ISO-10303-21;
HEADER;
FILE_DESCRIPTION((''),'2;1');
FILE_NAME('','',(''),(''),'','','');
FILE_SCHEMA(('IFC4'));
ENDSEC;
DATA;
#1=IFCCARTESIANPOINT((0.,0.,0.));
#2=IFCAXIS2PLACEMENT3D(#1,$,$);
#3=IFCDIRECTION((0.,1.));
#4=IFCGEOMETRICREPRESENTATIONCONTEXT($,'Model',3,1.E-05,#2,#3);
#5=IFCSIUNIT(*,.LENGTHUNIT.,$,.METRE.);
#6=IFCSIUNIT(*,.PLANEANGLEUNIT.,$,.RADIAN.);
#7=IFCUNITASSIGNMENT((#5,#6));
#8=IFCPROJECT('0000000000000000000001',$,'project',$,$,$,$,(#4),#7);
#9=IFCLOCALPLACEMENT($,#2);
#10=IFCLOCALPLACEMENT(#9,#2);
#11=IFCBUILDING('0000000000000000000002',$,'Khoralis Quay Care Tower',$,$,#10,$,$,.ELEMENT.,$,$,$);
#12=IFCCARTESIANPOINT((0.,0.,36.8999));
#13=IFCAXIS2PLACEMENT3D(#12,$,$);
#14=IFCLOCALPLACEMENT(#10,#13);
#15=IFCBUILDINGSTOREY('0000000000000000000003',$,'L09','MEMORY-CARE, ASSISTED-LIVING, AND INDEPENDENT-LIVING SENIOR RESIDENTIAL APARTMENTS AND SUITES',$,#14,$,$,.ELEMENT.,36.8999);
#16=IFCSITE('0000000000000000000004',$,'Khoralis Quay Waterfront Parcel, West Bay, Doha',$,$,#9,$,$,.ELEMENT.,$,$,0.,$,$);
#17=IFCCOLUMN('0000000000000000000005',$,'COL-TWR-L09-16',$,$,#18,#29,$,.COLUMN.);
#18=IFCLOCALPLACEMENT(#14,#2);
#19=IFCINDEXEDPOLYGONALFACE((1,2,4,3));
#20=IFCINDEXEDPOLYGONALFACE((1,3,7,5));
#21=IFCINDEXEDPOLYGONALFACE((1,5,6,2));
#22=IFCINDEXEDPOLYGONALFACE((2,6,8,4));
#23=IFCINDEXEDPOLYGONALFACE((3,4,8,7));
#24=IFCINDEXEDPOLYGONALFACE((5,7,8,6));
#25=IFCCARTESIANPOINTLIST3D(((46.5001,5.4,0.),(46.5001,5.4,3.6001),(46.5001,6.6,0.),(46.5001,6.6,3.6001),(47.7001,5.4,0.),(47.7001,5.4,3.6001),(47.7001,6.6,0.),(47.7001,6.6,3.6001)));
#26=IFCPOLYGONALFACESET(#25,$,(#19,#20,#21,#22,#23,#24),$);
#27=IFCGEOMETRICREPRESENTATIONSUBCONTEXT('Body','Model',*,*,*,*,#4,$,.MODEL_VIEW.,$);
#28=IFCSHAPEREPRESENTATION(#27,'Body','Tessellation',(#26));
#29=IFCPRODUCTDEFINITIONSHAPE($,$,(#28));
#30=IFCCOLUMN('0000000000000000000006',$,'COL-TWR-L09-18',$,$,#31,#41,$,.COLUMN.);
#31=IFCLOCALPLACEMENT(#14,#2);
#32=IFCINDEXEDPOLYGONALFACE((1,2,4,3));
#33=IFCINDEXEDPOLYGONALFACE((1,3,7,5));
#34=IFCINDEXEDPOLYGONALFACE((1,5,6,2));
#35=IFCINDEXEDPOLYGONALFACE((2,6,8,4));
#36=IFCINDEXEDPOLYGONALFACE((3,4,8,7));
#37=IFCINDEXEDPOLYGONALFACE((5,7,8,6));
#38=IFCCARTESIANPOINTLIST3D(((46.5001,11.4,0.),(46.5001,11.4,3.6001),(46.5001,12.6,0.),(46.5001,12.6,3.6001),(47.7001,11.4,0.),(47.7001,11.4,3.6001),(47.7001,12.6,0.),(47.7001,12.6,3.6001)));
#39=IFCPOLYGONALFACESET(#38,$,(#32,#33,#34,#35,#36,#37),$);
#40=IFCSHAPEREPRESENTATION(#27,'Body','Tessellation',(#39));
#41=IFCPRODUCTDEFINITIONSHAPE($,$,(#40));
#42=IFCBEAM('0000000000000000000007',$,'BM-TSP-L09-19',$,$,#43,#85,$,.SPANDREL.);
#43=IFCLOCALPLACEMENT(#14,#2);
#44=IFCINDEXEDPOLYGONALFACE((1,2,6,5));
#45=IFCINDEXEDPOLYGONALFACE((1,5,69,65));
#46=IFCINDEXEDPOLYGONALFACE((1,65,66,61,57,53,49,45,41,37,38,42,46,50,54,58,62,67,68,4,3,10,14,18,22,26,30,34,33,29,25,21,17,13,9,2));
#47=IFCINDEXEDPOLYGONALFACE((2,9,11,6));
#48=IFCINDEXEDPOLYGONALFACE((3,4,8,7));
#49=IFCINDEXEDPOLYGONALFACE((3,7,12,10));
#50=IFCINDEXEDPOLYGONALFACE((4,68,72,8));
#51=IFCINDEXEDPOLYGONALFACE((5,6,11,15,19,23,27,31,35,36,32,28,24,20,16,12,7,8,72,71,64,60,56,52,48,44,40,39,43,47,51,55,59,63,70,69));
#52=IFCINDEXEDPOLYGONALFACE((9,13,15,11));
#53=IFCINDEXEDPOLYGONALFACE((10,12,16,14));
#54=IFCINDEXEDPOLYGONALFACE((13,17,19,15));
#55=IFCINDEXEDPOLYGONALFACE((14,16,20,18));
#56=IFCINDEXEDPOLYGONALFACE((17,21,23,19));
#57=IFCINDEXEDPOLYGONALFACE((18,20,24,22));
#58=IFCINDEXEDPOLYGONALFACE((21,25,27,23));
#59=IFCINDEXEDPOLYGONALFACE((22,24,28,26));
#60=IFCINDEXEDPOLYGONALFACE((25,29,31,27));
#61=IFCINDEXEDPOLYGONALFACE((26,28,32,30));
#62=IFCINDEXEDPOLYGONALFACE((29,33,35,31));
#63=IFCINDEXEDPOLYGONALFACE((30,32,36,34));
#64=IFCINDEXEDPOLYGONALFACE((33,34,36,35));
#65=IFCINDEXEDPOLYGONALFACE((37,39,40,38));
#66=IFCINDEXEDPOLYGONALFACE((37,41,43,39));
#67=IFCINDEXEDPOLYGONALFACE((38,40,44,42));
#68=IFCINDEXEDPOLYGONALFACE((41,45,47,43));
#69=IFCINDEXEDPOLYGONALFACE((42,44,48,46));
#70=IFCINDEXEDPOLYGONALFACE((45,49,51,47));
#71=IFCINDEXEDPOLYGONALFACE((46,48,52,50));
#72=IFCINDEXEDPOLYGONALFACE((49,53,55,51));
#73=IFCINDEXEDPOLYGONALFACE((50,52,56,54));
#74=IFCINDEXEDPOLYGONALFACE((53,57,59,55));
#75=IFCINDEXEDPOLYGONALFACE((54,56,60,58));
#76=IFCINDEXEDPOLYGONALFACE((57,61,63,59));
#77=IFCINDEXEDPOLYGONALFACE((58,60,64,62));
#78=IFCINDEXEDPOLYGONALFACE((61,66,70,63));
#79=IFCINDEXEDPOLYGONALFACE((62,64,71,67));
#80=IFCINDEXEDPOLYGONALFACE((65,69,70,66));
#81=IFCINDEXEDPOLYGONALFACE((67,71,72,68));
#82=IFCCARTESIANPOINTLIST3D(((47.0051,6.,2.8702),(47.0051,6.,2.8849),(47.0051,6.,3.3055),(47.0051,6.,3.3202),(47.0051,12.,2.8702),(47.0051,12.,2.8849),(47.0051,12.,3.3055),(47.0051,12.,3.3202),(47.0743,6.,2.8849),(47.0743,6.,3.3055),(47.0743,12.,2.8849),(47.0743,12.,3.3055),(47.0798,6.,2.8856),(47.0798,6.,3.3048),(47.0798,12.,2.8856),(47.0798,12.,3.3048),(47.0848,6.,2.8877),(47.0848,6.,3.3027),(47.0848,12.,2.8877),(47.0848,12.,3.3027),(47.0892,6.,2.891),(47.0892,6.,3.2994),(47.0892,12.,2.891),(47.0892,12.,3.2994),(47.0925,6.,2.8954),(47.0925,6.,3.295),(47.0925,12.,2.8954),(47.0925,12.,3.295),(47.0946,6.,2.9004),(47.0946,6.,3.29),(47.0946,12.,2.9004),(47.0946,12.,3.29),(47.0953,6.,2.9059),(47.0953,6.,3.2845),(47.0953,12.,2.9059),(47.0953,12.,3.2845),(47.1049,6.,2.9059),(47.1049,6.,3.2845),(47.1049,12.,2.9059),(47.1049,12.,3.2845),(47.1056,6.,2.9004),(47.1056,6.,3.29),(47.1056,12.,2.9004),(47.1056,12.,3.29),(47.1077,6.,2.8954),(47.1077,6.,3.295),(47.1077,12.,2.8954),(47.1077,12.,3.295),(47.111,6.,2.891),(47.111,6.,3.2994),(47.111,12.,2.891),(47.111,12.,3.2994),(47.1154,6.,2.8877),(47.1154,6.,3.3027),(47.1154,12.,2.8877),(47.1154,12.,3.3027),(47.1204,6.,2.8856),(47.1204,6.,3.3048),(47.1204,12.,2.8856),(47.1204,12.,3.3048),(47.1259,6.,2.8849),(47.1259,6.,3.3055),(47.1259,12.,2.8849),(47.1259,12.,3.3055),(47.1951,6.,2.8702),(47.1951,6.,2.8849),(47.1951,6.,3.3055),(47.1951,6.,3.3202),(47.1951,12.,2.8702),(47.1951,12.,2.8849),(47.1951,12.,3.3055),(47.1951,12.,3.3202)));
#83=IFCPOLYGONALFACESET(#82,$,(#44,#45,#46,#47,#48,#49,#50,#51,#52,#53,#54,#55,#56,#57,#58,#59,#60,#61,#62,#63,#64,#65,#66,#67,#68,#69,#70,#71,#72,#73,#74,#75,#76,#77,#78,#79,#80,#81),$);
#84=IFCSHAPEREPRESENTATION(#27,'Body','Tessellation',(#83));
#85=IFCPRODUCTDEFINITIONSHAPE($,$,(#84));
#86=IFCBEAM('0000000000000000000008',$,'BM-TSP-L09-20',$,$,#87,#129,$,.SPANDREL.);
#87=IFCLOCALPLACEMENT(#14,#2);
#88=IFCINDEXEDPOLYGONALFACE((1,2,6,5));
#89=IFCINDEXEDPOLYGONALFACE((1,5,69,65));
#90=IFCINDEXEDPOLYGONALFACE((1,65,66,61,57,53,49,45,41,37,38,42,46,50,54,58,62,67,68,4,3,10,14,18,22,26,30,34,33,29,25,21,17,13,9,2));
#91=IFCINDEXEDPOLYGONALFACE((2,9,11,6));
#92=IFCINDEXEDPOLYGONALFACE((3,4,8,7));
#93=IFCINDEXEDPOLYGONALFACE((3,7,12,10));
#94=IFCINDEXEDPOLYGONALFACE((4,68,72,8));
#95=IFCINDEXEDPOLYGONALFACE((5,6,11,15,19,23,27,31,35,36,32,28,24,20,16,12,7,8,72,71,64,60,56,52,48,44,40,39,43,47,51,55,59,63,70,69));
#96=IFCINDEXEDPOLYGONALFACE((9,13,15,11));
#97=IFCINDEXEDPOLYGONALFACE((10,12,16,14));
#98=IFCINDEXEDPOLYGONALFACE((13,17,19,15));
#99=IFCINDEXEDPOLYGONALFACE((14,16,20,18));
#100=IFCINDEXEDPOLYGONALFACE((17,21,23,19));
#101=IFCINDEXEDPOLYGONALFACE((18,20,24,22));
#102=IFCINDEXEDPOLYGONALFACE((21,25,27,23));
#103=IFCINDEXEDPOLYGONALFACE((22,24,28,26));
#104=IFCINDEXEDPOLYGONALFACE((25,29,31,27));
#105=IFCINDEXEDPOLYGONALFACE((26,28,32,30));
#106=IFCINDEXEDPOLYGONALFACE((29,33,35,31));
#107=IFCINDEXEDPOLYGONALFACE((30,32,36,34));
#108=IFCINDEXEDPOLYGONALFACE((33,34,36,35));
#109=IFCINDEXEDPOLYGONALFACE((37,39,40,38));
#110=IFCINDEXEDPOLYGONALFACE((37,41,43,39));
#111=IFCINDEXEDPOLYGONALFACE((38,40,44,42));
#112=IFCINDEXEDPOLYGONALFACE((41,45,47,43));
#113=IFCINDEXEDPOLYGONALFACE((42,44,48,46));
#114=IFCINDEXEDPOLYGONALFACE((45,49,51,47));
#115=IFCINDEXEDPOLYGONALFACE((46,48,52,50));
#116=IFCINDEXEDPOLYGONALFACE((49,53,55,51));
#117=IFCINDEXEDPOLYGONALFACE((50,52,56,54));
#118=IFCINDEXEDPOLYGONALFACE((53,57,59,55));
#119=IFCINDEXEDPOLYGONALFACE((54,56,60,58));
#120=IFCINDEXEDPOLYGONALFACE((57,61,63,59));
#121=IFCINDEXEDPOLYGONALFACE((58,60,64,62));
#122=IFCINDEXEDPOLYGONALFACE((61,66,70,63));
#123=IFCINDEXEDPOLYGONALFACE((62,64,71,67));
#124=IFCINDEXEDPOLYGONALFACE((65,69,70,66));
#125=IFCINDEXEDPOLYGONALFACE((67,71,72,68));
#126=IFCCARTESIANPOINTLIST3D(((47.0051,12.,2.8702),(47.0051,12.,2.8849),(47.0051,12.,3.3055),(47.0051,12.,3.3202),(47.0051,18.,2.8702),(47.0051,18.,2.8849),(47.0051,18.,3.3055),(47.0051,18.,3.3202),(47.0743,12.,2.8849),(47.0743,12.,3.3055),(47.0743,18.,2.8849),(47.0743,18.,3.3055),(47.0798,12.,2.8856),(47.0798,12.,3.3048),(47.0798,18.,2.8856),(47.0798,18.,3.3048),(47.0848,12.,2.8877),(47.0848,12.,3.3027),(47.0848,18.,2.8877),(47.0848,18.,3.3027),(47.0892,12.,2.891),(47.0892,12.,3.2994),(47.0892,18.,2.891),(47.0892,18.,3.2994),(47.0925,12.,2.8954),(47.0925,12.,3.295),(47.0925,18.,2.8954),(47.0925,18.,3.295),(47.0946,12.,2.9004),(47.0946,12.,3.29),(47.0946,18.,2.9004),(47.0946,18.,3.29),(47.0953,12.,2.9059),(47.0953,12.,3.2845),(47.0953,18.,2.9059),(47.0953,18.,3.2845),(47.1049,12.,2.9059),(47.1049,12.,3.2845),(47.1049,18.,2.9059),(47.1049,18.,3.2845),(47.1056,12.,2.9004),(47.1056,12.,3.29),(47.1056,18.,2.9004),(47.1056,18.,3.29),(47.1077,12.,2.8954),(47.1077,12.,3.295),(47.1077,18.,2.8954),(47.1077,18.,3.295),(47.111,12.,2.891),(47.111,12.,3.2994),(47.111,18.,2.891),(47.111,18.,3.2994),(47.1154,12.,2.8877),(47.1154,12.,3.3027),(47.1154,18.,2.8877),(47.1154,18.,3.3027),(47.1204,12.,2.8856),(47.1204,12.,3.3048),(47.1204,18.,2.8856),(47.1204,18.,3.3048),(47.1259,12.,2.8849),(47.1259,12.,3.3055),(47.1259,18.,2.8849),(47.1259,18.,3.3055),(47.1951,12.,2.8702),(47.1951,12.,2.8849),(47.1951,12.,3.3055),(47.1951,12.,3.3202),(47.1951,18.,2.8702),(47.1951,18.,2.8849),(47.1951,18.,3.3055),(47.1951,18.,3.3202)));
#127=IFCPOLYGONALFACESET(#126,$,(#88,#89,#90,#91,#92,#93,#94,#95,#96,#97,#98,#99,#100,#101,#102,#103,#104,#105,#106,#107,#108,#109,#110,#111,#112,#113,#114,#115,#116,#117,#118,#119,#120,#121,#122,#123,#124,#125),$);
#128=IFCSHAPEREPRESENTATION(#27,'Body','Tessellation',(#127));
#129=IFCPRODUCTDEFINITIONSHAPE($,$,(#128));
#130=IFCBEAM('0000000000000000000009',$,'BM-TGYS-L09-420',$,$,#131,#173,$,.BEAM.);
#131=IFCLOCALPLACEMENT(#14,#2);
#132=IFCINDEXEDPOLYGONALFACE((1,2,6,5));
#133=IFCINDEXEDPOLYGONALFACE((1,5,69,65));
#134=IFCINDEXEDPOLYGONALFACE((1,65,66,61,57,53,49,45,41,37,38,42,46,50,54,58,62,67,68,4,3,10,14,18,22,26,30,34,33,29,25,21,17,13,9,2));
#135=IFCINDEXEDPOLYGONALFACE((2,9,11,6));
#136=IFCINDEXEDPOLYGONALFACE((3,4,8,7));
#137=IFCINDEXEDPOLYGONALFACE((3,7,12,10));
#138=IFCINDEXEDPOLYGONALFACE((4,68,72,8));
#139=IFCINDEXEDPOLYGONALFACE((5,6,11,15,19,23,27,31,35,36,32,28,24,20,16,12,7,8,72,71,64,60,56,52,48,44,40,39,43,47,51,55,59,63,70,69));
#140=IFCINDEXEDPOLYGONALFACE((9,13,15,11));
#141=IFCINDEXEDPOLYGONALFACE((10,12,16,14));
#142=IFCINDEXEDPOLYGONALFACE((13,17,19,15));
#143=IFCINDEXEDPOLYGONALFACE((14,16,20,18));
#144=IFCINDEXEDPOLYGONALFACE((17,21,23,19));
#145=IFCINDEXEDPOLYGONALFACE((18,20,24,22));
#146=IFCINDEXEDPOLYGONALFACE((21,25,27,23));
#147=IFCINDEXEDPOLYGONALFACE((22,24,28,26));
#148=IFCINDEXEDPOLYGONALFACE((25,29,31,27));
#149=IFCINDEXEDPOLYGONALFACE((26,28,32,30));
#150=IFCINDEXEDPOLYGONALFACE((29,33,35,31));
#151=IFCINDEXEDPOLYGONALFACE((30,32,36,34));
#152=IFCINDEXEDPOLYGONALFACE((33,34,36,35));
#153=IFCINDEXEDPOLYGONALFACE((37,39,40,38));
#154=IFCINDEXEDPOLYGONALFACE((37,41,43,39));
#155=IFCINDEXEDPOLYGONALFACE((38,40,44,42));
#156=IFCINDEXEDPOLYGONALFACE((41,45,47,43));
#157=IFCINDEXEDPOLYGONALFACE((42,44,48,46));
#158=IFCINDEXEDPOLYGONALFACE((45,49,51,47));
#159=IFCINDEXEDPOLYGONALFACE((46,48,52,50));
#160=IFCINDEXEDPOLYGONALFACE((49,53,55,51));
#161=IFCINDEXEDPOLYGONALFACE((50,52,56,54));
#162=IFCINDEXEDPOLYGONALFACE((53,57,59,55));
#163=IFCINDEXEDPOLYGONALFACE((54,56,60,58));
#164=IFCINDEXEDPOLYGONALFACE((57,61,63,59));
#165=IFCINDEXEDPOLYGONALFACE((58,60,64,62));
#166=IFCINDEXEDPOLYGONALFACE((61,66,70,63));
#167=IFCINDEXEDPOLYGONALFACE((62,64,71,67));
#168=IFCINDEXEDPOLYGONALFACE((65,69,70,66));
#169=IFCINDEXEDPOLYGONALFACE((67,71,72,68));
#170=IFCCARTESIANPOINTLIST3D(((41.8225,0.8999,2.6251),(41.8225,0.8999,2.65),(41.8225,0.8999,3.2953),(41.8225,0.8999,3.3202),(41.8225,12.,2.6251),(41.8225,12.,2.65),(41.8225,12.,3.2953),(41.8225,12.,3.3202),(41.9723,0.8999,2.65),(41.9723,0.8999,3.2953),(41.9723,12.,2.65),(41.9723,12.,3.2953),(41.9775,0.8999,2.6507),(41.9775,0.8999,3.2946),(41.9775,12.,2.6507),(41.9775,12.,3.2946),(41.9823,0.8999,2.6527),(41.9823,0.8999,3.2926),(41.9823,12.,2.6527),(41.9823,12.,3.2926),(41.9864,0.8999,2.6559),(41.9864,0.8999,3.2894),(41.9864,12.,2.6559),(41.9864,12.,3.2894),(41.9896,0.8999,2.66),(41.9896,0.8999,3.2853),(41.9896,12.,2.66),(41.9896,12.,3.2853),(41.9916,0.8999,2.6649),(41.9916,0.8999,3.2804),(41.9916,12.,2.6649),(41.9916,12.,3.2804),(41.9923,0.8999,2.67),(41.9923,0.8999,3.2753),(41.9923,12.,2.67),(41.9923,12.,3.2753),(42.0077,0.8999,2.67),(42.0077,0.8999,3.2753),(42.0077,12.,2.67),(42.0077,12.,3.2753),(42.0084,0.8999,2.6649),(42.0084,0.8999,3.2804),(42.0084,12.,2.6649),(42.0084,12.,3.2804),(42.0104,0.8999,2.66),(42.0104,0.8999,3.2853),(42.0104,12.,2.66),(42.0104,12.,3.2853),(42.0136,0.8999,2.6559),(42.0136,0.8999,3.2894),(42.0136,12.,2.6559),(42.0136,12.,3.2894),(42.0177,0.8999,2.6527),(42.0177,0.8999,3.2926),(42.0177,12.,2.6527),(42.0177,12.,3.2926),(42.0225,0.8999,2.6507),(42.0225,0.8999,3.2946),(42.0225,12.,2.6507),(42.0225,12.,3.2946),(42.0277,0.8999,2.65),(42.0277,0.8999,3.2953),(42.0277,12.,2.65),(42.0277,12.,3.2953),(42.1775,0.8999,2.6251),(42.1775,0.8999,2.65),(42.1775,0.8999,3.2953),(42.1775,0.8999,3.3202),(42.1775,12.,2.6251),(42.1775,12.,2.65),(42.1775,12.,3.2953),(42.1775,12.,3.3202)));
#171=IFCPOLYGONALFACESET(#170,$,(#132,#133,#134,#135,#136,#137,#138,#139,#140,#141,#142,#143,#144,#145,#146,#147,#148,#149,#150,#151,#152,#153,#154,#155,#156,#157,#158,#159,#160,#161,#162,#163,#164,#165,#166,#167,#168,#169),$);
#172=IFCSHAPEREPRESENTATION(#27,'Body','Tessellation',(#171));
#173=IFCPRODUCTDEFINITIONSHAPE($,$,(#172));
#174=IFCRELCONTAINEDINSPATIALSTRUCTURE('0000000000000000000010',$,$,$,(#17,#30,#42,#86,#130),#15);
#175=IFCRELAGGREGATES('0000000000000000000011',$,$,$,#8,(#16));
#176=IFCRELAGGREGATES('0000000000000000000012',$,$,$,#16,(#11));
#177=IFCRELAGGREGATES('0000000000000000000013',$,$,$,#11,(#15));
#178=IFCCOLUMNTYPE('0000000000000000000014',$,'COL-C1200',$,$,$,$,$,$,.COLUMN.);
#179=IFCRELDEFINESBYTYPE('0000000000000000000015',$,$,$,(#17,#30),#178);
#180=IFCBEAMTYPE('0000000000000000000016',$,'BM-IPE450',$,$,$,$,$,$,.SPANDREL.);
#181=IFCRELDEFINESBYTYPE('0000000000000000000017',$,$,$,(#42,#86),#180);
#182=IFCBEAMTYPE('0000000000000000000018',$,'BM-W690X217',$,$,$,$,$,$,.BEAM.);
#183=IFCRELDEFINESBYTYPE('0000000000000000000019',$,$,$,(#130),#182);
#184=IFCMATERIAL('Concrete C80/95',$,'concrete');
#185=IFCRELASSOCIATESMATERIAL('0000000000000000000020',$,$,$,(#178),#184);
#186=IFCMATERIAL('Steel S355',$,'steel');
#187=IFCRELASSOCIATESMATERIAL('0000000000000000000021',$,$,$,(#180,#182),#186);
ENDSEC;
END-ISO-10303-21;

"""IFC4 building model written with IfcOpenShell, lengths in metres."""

from ifc_helpers import new_model, si_unit, direction, frame, origin, origin_2d, place, context, subcontext, project, spatial, rectangle, i_section, extrude, source, transform, mapped, material, material_profile, profile_set, type_object, element, save


model = new_model("IFC4")

# Units and contexts
model_context = context("Model", 3, precision=1e-05, world=origin(), true_north=direction((0.0, 1.0)))
body_context = subcontext(model_context, "Body", "Model", "MODEL_VIEW")
ifc_project = project(units=[si_unit("LENGTHUNIT", "METRE"), si_unit("PLANEANGLEUNIT", "RADIAN")], contexts=[model_context])

# Site, building, storey
site_placement = place(None, origin())
site = spatial("IfcSite", under=ifc_project, at=site_placement, Name="Khoralis Quay Waterfront Parcel, West Bay, Doha", CompositionType="ELEMENT", RefElevation=0.0)
building_placement = place(site_placement, origin())
building = spatial("IfcBuilding", under=site, at=building_placement, Name="Khoralis Quay Care Tower", CompositionType="ELEMENT")
storey_placement = place(building_placement, frame((0.0, 0.0, 36.8999)))
storey = spatial("IfcBuildingStorey", under=building, at=storey_placement, Name="L09", Description="MEMORY-CARE, ASSISTED-LIVING, AND INDEPENDENT-LIVING SENIOR RESIDENTIAL APARTMENTS AND SUITES", CompositionType="ELEMENT", Elevation=36.8999)

# Columns
ifc_material_1 = material(Name="Concrete C80/95", Category="concrete")
ifc_material_profile_1 = material_profile(ifc_material_1, rectangle(XDim=1.2, YDim=1.2, at=origin_2d()), Name="Concrete C80/95")
ifc_profile_set_1 = profile_set([ifc_material_profile_1], Name="Concrete C80/95")
column_type = type_object("IfcColumnType", Name="COL-C1200", PredefinedType="COLUMN", material=ifc_profile_set_1)
shared_shape_1 = source(origin(), body_context, "Body", "SweptSolid", [
    extrude(rectangle(XDim=1.2, YDim=1.2, at=origin_2d()), origin(), (0.0, 0.0, 1.0), 3.6001),
])
for number, where, z_axis, x_axis, name in (
    (1, (47.1001, 6.0, 0.0), (0.0, 0.0, 1.0), (1.0, 0.0, 0.0), "COL-TWR-L09-16"),
    (2, (47.1001, 12.0, 0.0), (0.0, 0.0, 1.0), (1.0, 0.0, 0.0), "COL-TWR-L09-18"),
):
    element("IfcColumn", number, at=place(storey_placement, frame(where, z_axis=z_axis, x_axis=x_axis)), inside=storey, type_object=column_type, Name=name, PredefinedType="COLUMN", context=body_context, shape_type="MappedRepresentation", body=[
        mapped(shared_shape_1, transform((0.0, 0.0, 0.0), scale=1.0)),
    ])

# Beams
ifc_material_2 = material(Name="Steel S355", Category="steel")
ifc_material_profile_2 = material_profile(ifc_material_2, i_section(OverallWidth=0.1899, OverallDepth=0.45, WebThickness=0.0095, FlangeThickness=0.0146, FilletRadius=0.021, at=origin_2d()), Name="Steel S355")
ifc_profile_set_2 = profile_set([ifc_material_profile_2], Name="Steel S355")
beam_type_1 = type_object("IfcBeamType", Name="BM-IPE450", PredefinedType="SPANDREL", material=ifc_profile_set_2)
shared_shape_2 = source(origin(), body_context, "Body", "SweptSolid", [
    extrude(i_section(OverallWidth=0.1899, OverallDepth=0.45, WebThickness=0.0095, FlangeThickness=0.0146, FilletRadius=0.021, at=origin_2d()), origin(), (0.0, 0.0, 1.0), 6.0),
])
for number, where, z_axis, x_axis, name in (
    (3, (47.1001, 6.0, 3.0952), (0.0, 1.0, 0.0), (-1.0, 0.0, 0.0), "BM-TSP-L09-19"),
    (4, (47.1001, 12.0, 3.0952), (0.0, 1.0, 0.0), (-1.0, 0.0, 0.0), "BM-TSP-L09-20"),
):
    element("IfcBeam", number, at=place(storey_placement, frame(where, z_axis=z_axis, x_axis=x_axis)), inside=storey, type_object=beam_type_1, Name=name, PredefinedType="SPANDREL", context=body_context, shape_type="MappedRepresentation", body=[
        mapped(shared_shape_2, transform((0.0, 0.0, 0.0), scale=1.0)),
    ])
ifc_material_profile_3 = material_profile(ifc_material_2, i_section(OverallWidth=0.355, OverallDepth=0.6951, WebThickness=0.0154, FlangeThickness=0.0249, FilletRadius=0.02, at=origin_2d()), Name="Steel S355")
ifc_profile_set_3 = profile_set([ifc_material_profile_3], Name="Steel S355")
beam_type_2 = type_object("IfcBeamType", Name="BM-W690X217", PredefinedType="BEAM", material=ifc_profile_set_3)
shared_shape_3 = source(origin(), body_context, "Body", "SweptSolid", [
    extrude(i_section(OverallWidth=0.355, OverallDepth=0.6951, WebThickness=0.0154, FlangeThickness=0.0249, FilletRadius=0.02, at=origin_2d()), origin(), (0.0, 0.0, 1.0), 11.1001),
])
beam_placement = place(storey_placement, frame((42.0, 0.8999, 2.9727), z_axis=(0.0, 1.0, 0.0), x_axis=(-1.0, 0.0, 0.0)))
element("IfcBeam", 5, at=beam_placement, inside=storey, type_object=beam_type_2, Name="BM-TGYS-L09-420", PredefinedType="BEAM", context=body_context, shape_type="MappedRepresentation", body=[
    mapped(shared_shape_3, transform((0.0, 0.0, 0.0), scale=1.0)),
])

save(model, "model.ifc")
